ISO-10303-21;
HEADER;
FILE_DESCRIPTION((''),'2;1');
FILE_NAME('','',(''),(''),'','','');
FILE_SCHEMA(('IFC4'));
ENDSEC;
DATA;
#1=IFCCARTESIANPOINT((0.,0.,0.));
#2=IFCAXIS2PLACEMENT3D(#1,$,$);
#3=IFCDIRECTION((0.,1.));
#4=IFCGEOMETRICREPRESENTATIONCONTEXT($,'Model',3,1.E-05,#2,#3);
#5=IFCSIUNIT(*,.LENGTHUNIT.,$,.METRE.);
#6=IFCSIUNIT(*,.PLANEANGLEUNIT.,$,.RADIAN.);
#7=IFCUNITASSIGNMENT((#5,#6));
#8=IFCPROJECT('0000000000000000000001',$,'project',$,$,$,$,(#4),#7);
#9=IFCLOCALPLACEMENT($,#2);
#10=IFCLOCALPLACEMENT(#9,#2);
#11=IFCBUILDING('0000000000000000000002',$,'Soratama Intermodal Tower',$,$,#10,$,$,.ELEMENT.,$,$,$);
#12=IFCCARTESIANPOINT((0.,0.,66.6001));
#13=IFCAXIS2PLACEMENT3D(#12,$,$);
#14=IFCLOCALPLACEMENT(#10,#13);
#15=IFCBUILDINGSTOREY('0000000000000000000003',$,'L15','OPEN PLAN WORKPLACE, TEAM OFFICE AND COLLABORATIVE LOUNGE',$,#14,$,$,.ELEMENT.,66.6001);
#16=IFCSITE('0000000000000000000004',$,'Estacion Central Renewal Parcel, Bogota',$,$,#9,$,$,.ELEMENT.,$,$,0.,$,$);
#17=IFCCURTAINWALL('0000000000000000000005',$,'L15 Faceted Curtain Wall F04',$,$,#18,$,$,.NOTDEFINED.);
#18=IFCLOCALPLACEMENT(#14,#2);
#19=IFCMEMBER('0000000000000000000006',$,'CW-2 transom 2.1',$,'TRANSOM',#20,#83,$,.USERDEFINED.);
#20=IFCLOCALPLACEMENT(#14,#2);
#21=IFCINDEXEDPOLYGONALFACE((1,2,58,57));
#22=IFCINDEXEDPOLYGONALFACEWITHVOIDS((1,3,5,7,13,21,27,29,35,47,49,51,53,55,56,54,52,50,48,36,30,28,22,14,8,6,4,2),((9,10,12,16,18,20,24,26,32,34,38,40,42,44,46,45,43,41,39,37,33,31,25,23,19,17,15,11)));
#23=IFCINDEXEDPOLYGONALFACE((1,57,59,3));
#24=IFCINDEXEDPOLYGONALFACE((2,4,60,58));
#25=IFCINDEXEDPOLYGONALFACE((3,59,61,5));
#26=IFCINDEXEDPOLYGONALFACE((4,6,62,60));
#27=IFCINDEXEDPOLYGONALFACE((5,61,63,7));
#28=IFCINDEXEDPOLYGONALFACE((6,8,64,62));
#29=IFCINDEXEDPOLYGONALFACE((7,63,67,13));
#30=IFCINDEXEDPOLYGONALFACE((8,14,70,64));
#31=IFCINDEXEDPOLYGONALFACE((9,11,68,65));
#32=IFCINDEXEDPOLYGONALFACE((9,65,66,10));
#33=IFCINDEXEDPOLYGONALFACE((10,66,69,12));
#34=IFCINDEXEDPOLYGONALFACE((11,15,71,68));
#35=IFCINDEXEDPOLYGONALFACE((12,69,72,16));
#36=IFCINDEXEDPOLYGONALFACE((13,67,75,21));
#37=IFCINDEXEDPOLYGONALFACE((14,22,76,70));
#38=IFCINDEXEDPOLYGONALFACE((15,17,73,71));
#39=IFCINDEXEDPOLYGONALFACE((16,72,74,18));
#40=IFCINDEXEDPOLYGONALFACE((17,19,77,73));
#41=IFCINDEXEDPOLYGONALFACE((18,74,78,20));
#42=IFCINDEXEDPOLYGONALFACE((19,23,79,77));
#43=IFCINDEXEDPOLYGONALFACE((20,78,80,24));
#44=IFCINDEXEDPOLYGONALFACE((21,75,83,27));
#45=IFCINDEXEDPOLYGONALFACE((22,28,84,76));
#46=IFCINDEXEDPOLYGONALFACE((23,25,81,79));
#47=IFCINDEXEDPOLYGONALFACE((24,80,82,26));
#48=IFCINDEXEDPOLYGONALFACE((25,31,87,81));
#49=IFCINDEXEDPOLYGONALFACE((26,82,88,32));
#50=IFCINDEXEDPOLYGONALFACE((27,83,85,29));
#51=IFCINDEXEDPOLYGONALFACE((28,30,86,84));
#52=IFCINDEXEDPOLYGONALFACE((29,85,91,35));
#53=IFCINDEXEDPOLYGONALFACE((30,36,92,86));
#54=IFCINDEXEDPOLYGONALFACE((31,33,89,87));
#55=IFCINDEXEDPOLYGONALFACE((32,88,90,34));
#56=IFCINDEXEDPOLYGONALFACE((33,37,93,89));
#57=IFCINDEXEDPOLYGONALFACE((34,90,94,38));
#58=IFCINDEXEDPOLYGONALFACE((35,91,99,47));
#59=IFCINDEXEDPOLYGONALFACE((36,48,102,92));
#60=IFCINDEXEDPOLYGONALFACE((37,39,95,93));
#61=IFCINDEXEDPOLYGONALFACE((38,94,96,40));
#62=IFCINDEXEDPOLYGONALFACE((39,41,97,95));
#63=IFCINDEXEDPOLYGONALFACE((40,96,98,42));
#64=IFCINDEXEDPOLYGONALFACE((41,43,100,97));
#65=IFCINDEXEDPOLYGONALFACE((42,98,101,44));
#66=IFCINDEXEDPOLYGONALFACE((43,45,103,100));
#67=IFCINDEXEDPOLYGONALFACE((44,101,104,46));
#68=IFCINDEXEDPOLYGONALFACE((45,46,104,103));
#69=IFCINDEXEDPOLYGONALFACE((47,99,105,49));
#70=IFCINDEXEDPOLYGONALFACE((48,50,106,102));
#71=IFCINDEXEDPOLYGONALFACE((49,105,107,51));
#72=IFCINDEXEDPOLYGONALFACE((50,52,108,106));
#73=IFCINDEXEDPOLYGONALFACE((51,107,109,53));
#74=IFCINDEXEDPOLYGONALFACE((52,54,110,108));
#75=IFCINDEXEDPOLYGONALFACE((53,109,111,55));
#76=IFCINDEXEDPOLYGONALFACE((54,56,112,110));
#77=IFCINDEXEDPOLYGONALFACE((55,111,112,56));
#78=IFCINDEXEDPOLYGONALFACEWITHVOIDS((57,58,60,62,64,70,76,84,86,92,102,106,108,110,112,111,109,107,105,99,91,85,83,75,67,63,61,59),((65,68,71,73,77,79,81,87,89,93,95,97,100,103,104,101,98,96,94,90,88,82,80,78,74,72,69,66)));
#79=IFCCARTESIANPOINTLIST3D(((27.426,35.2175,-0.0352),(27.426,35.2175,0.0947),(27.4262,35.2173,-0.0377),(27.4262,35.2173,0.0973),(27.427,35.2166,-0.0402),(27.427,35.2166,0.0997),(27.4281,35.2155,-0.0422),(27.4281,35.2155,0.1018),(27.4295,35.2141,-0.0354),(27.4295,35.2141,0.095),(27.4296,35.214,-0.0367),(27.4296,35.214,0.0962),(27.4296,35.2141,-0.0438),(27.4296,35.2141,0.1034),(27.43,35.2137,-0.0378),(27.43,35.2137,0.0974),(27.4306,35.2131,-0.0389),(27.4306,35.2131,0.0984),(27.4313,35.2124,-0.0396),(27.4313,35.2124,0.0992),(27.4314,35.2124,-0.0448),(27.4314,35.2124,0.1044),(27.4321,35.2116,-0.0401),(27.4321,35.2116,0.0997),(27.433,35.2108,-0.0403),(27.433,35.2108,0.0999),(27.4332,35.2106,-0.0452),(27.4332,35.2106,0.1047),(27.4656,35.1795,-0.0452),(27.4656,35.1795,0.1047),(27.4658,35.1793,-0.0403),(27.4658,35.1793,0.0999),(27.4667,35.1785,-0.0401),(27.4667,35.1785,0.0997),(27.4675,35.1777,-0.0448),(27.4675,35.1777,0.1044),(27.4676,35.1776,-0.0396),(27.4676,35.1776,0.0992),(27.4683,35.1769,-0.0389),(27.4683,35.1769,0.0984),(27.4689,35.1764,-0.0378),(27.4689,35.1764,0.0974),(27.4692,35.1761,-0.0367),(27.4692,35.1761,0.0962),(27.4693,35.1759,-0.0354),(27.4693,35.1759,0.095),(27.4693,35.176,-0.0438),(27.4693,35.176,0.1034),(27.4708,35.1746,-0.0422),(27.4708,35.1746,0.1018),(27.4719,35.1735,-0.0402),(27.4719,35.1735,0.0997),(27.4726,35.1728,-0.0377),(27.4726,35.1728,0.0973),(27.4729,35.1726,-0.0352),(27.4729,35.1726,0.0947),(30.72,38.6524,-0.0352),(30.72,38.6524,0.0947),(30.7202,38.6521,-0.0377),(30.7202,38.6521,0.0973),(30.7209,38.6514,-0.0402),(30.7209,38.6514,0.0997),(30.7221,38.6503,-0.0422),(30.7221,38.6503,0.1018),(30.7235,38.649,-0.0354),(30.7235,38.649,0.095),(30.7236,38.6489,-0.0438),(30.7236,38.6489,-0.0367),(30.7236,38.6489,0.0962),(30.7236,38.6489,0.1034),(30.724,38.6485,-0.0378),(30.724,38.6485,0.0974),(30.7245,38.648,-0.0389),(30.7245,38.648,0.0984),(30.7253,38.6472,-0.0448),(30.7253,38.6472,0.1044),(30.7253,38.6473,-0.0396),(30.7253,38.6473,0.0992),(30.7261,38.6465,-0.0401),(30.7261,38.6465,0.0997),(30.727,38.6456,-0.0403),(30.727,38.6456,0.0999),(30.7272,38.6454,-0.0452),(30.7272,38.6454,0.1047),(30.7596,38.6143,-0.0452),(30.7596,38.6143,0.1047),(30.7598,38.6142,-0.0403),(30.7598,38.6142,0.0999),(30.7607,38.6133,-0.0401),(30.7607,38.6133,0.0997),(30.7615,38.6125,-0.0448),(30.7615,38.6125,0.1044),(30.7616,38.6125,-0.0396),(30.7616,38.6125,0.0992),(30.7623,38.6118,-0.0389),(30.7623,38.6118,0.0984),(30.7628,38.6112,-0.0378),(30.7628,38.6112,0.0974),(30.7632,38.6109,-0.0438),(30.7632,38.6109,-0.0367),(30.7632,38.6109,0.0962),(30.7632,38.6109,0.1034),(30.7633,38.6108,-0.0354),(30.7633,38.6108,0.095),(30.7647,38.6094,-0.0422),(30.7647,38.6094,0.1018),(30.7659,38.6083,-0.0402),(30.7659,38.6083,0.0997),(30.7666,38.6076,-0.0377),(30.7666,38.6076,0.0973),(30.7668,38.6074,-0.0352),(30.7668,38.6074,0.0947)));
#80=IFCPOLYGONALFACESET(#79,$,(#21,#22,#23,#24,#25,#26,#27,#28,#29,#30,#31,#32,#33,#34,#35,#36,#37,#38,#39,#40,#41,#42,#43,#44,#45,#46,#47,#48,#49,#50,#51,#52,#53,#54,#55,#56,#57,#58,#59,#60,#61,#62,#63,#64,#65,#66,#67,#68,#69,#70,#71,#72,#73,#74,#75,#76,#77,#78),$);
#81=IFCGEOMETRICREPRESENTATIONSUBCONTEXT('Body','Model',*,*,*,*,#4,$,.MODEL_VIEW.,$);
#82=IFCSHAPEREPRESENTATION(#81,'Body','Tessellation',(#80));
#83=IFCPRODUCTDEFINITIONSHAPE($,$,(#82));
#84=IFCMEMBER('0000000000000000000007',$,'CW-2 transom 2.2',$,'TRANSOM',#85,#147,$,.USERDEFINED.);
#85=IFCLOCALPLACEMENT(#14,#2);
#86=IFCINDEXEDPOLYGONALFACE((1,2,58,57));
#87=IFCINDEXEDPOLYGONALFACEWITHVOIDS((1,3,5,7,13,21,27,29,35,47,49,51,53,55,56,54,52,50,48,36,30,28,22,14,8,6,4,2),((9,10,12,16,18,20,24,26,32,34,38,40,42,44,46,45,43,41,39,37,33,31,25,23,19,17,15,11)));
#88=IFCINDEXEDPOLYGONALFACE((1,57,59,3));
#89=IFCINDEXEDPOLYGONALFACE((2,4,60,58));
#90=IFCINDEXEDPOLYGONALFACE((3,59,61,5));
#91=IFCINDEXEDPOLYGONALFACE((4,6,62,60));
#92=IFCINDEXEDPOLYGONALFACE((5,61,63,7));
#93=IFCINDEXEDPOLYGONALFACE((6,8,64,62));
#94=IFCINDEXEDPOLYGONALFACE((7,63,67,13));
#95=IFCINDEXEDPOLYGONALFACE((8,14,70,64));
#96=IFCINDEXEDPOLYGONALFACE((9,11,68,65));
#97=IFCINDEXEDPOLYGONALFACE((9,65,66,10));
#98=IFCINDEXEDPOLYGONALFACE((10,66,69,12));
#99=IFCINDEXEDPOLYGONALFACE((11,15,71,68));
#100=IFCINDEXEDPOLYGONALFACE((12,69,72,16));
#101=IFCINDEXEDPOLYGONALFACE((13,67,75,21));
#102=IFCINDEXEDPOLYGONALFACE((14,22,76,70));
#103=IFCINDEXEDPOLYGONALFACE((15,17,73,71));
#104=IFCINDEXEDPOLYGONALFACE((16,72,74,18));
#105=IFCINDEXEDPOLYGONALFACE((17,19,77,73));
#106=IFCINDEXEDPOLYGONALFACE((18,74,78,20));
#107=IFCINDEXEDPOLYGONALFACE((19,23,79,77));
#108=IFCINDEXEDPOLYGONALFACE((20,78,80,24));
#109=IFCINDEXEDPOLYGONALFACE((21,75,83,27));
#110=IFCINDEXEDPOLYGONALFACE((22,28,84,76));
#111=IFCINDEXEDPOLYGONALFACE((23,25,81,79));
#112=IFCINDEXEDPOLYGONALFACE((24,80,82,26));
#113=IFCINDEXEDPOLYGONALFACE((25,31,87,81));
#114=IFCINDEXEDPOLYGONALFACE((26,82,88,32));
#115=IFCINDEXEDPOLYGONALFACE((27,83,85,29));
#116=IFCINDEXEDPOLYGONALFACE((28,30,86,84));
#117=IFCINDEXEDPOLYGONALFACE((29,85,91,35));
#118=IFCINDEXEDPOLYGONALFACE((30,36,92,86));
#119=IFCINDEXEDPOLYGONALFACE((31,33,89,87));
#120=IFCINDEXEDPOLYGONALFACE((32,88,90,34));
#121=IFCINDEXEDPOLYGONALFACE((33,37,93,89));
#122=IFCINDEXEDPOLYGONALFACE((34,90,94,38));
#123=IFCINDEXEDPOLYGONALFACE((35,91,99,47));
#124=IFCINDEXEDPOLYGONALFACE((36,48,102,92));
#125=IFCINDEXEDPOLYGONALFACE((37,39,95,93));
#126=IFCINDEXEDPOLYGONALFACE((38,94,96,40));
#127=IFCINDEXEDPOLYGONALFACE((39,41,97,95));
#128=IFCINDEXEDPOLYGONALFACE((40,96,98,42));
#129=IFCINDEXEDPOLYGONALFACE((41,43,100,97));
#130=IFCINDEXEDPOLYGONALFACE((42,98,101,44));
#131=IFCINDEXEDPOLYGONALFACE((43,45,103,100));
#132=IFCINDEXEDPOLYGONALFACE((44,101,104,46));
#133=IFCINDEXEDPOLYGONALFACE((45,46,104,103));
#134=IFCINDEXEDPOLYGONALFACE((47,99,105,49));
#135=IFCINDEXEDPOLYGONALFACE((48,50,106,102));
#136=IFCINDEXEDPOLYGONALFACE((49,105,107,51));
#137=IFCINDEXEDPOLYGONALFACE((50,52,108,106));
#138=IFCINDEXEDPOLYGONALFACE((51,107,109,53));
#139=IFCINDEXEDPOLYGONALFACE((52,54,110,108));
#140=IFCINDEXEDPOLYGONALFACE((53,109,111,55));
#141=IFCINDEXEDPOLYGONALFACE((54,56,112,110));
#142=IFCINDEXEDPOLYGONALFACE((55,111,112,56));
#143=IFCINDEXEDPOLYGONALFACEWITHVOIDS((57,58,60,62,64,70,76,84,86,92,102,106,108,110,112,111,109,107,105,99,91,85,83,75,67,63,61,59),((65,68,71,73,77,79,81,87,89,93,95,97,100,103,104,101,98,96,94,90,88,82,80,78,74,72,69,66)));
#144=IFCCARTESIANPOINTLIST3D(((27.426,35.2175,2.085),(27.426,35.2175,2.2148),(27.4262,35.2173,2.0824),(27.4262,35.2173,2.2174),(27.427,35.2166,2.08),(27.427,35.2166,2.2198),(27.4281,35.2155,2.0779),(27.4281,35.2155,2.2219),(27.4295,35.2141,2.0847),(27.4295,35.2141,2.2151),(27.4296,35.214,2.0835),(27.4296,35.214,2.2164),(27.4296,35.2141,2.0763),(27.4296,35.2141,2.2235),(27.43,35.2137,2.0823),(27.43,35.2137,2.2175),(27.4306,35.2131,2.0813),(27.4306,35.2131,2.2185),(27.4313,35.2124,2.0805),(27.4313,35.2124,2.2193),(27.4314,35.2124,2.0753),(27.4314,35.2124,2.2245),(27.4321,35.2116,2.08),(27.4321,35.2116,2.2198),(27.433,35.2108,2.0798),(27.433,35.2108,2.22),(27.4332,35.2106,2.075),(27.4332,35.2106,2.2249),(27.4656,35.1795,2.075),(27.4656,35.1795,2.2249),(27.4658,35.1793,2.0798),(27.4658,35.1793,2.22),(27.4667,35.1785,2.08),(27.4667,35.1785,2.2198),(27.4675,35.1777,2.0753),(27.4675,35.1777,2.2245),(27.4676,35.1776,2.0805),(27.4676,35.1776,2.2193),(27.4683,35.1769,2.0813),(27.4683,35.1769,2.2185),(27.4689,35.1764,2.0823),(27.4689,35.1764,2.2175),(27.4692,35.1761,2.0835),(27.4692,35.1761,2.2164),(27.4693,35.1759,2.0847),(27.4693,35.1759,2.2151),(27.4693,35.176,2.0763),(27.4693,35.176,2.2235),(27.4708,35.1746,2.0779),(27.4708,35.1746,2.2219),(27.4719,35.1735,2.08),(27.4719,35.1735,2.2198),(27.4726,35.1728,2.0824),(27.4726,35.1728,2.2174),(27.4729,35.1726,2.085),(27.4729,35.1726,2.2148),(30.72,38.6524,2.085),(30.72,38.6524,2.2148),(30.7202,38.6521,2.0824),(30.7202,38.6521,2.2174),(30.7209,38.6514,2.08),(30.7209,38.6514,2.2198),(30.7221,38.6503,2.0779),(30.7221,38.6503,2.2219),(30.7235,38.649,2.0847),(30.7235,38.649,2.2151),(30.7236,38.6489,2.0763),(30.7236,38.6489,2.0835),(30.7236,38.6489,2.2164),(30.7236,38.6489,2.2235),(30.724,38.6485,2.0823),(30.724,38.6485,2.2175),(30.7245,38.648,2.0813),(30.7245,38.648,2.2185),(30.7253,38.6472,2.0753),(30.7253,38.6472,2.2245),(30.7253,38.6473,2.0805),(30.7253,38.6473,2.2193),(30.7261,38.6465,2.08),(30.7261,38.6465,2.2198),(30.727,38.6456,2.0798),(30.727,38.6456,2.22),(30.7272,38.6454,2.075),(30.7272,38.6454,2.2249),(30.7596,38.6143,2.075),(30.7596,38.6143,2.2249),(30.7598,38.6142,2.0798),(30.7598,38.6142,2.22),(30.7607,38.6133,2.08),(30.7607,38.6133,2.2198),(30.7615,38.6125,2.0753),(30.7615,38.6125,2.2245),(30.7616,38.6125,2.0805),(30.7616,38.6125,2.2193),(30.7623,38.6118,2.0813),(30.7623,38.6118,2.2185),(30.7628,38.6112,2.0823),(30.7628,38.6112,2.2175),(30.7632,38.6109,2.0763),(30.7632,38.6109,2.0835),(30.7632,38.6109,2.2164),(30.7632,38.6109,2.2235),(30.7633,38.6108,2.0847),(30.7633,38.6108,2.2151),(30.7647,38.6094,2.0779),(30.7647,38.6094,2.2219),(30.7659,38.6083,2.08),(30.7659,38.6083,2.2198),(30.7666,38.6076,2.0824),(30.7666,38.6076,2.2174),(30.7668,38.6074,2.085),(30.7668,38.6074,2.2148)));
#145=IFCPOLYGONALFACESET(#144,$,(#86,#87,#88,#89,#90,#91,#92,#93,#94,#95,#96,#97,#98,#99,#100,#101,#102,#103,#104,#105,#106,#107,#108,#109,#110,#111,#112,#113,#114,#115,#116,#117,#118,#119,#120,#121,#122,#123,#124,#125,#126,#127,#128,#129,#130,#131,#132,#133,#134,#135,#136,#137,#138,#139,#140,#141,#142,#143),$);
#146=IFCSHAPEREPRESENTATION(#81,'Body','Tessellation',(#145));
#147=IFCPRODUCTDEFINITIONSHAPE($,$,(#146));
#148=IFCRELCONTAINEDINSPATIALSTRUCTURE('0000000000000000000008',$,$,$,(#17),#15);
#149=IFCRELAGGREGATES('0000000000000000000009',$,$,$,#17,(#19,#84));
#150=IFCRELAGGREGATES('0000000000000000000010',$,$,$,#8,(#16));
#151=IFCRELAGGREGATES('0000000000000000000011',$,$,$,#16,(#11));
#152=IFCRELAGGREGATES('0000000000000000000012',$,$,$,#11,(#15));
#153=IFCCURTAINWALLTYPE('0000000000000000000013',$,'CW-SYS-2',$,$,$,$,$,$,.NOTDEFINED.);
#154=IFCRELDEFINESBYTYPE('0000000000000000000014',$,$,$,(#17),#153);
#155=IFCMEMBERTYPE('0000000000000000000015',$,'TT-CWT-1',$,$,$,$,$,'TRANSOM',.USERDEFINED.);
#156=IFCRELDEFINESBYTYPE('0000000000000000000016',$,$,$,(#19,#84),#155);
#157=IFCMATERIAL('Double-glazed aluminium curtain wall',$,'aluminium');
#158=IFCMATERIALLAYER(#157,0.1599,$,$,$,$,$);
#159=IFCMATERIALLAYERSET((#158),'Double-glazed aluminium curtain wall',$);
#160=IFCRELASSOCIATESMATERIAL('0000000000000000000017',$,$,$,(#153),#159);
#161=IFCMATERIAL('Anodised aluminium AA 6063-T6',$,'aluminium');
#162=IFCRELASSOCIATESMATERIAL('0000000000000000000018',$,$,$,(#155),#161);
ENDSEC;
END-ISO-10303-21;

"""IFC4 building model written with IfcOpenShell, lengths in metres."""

from ifc_helpers import new_model, si_unit, direction, frame, origin, origin_2d, place, context, subcontext, project, spatial, hollow_rectangle, extrude, material, layer, layer_set, material_profile, profile_set, type_object, element, aggregate, save


model = new_model("IFC4")

# Units and contexts
model_context = context("Model", 3, precision=1e-05, world=origin(), true_north=direction((0.0, 1.0)))
body_context = subcontext(model_context, "Body", "Model", "MODEL_VIEW")
ifc_project = project(units=[si_unit("LENGTHUNIT", "METRE"), si_unit("PLANEANGLEUNIT", "RADIAN")], contexts=[model_context])

# Site, building, storey
site_placement = place(None, origin())
site = spatial("IfcSite", under=ifc_project, at=site_placement, Name="Estacion Central Renewal Parcel, Bogota", CompositionType="ELEMENT", RefElevation=0.0)
building_placement = place(site_placement, origin())
building = spatial("IfcBuilding", under=site, at=building_placement, Name="Soratama Intermodal Tower", CompositionType="ELEMENT")
storey_placement = place(building_placement, frame((0.0, 0.0, 66.6001)))
storey = spatial("IfcBuildingStorey", under=building, at=storey_placement, Name="L15", Description="OPEN PLAN WORKPLACE, TEAM OFFICE AND COLLABORATIVE LOUNGE", CompositionType="ELEMENT", Elevation=66.6001)

# Curtain wall, members
ifc_material_1 = material(Name="Double-glazed aluminium curtain wall", Category="aluminium")
ifc_layer_1 = layer(ifc_material_1, 0.1599)
ifc_layer_set_1 = layer_set([ifc_layer_1], Name="Double-glazed aluminium curtain wall")
curtain_wall_type = type_object("IfcCurtainWallType", Name="CW-SYS-2", PredefinedType="NOTDEFINED", material=ifc_layer_set_1)
curtain_wall_placement = place(storey_placement, origin())
curtain_wall = element("IfcCurtainWall", 1, at=curtain_wall_placement, inside=storey, type_object=curtain_wall_type, Name="L15 Faceted Curtain Wall F04", PredefinedType="NOTDEFINED")
ifc_material_2 = material(Name="Anodised aluminium AA 6063-T6", Category="aluminium")
ifc_material_profile_1 = material_profile(ifc_material_2, hollow_rectangle(XDim=0.0649, YDim=0.1499, WallThickness=0.0049, InnerFilletRadius=0.0049, OuterFilletRadius=0.01, at=origin_2d()), Name="CWT150X65X5")
ifc_profile_set_1 = profile_set([ifc_material_profile_1], Name="Anodised aluminium AA 6063-T6")
member_type_1 = type_object("IfcMemberType", Name="TT-CWT-1", ElementType="TRANSOM", PredefinedType="USERDEFINED", material=ifc_profile_set_1)
member_1_placement = place(storey_placement, frame((30.7434, 38.6299, 0.0298), z_axis=(-0.692152, -0.721752, 0.0), x_axis=(0.721752, -0.692152, 0.0)))
member_1 = element("IfcMember", 2, at=member_1_placement, type_object=member_type_1, Name="CW-2 transom 2.1", ObjectType="TRANSOM", PredefinedType="USERDEFINED", context=body_context, shape_type="SweptSolid", body=[
    extrude(hollow_rectangle(XDim=0.0649, YDim=0.1499, WallThickness=0.0049, InnerFilletRadius=0.0049, OuterFilletRadius=0.01, at=origin_2d()), origin(), (0.0, 0.0, 1.0), 4.759),
])
member_2_placement = place(storey_placement, frame((30.7434, 38.6299, 2.1499), z_axis=(-0.692152, -0.721752, 0.0), x_axis=(0.721752, -0.692152, 0.0)))
member_2 = element("IfcMember", 3, at=member_2_placement, type_object=member_type_1, Name="CW-2 transom 2.2", ObjectType="TRANSOM", PredefinedType="USERDEFINED", context=body_context, shape_type="SweptSolid", body=[
    extrude(hollow_rectangle(XDim=0.0649, YDim=0.1499, WallThickness=0.0049, InnerFilletRadius=0.0049, OuterFilletRadius=0.01, at=origin_2d()), origin(), (0.0, 0.0, 1.0), 4.759),
])
aggregate(curtain_wall, [member_1, member_2])

save(model, "model.ifc")
